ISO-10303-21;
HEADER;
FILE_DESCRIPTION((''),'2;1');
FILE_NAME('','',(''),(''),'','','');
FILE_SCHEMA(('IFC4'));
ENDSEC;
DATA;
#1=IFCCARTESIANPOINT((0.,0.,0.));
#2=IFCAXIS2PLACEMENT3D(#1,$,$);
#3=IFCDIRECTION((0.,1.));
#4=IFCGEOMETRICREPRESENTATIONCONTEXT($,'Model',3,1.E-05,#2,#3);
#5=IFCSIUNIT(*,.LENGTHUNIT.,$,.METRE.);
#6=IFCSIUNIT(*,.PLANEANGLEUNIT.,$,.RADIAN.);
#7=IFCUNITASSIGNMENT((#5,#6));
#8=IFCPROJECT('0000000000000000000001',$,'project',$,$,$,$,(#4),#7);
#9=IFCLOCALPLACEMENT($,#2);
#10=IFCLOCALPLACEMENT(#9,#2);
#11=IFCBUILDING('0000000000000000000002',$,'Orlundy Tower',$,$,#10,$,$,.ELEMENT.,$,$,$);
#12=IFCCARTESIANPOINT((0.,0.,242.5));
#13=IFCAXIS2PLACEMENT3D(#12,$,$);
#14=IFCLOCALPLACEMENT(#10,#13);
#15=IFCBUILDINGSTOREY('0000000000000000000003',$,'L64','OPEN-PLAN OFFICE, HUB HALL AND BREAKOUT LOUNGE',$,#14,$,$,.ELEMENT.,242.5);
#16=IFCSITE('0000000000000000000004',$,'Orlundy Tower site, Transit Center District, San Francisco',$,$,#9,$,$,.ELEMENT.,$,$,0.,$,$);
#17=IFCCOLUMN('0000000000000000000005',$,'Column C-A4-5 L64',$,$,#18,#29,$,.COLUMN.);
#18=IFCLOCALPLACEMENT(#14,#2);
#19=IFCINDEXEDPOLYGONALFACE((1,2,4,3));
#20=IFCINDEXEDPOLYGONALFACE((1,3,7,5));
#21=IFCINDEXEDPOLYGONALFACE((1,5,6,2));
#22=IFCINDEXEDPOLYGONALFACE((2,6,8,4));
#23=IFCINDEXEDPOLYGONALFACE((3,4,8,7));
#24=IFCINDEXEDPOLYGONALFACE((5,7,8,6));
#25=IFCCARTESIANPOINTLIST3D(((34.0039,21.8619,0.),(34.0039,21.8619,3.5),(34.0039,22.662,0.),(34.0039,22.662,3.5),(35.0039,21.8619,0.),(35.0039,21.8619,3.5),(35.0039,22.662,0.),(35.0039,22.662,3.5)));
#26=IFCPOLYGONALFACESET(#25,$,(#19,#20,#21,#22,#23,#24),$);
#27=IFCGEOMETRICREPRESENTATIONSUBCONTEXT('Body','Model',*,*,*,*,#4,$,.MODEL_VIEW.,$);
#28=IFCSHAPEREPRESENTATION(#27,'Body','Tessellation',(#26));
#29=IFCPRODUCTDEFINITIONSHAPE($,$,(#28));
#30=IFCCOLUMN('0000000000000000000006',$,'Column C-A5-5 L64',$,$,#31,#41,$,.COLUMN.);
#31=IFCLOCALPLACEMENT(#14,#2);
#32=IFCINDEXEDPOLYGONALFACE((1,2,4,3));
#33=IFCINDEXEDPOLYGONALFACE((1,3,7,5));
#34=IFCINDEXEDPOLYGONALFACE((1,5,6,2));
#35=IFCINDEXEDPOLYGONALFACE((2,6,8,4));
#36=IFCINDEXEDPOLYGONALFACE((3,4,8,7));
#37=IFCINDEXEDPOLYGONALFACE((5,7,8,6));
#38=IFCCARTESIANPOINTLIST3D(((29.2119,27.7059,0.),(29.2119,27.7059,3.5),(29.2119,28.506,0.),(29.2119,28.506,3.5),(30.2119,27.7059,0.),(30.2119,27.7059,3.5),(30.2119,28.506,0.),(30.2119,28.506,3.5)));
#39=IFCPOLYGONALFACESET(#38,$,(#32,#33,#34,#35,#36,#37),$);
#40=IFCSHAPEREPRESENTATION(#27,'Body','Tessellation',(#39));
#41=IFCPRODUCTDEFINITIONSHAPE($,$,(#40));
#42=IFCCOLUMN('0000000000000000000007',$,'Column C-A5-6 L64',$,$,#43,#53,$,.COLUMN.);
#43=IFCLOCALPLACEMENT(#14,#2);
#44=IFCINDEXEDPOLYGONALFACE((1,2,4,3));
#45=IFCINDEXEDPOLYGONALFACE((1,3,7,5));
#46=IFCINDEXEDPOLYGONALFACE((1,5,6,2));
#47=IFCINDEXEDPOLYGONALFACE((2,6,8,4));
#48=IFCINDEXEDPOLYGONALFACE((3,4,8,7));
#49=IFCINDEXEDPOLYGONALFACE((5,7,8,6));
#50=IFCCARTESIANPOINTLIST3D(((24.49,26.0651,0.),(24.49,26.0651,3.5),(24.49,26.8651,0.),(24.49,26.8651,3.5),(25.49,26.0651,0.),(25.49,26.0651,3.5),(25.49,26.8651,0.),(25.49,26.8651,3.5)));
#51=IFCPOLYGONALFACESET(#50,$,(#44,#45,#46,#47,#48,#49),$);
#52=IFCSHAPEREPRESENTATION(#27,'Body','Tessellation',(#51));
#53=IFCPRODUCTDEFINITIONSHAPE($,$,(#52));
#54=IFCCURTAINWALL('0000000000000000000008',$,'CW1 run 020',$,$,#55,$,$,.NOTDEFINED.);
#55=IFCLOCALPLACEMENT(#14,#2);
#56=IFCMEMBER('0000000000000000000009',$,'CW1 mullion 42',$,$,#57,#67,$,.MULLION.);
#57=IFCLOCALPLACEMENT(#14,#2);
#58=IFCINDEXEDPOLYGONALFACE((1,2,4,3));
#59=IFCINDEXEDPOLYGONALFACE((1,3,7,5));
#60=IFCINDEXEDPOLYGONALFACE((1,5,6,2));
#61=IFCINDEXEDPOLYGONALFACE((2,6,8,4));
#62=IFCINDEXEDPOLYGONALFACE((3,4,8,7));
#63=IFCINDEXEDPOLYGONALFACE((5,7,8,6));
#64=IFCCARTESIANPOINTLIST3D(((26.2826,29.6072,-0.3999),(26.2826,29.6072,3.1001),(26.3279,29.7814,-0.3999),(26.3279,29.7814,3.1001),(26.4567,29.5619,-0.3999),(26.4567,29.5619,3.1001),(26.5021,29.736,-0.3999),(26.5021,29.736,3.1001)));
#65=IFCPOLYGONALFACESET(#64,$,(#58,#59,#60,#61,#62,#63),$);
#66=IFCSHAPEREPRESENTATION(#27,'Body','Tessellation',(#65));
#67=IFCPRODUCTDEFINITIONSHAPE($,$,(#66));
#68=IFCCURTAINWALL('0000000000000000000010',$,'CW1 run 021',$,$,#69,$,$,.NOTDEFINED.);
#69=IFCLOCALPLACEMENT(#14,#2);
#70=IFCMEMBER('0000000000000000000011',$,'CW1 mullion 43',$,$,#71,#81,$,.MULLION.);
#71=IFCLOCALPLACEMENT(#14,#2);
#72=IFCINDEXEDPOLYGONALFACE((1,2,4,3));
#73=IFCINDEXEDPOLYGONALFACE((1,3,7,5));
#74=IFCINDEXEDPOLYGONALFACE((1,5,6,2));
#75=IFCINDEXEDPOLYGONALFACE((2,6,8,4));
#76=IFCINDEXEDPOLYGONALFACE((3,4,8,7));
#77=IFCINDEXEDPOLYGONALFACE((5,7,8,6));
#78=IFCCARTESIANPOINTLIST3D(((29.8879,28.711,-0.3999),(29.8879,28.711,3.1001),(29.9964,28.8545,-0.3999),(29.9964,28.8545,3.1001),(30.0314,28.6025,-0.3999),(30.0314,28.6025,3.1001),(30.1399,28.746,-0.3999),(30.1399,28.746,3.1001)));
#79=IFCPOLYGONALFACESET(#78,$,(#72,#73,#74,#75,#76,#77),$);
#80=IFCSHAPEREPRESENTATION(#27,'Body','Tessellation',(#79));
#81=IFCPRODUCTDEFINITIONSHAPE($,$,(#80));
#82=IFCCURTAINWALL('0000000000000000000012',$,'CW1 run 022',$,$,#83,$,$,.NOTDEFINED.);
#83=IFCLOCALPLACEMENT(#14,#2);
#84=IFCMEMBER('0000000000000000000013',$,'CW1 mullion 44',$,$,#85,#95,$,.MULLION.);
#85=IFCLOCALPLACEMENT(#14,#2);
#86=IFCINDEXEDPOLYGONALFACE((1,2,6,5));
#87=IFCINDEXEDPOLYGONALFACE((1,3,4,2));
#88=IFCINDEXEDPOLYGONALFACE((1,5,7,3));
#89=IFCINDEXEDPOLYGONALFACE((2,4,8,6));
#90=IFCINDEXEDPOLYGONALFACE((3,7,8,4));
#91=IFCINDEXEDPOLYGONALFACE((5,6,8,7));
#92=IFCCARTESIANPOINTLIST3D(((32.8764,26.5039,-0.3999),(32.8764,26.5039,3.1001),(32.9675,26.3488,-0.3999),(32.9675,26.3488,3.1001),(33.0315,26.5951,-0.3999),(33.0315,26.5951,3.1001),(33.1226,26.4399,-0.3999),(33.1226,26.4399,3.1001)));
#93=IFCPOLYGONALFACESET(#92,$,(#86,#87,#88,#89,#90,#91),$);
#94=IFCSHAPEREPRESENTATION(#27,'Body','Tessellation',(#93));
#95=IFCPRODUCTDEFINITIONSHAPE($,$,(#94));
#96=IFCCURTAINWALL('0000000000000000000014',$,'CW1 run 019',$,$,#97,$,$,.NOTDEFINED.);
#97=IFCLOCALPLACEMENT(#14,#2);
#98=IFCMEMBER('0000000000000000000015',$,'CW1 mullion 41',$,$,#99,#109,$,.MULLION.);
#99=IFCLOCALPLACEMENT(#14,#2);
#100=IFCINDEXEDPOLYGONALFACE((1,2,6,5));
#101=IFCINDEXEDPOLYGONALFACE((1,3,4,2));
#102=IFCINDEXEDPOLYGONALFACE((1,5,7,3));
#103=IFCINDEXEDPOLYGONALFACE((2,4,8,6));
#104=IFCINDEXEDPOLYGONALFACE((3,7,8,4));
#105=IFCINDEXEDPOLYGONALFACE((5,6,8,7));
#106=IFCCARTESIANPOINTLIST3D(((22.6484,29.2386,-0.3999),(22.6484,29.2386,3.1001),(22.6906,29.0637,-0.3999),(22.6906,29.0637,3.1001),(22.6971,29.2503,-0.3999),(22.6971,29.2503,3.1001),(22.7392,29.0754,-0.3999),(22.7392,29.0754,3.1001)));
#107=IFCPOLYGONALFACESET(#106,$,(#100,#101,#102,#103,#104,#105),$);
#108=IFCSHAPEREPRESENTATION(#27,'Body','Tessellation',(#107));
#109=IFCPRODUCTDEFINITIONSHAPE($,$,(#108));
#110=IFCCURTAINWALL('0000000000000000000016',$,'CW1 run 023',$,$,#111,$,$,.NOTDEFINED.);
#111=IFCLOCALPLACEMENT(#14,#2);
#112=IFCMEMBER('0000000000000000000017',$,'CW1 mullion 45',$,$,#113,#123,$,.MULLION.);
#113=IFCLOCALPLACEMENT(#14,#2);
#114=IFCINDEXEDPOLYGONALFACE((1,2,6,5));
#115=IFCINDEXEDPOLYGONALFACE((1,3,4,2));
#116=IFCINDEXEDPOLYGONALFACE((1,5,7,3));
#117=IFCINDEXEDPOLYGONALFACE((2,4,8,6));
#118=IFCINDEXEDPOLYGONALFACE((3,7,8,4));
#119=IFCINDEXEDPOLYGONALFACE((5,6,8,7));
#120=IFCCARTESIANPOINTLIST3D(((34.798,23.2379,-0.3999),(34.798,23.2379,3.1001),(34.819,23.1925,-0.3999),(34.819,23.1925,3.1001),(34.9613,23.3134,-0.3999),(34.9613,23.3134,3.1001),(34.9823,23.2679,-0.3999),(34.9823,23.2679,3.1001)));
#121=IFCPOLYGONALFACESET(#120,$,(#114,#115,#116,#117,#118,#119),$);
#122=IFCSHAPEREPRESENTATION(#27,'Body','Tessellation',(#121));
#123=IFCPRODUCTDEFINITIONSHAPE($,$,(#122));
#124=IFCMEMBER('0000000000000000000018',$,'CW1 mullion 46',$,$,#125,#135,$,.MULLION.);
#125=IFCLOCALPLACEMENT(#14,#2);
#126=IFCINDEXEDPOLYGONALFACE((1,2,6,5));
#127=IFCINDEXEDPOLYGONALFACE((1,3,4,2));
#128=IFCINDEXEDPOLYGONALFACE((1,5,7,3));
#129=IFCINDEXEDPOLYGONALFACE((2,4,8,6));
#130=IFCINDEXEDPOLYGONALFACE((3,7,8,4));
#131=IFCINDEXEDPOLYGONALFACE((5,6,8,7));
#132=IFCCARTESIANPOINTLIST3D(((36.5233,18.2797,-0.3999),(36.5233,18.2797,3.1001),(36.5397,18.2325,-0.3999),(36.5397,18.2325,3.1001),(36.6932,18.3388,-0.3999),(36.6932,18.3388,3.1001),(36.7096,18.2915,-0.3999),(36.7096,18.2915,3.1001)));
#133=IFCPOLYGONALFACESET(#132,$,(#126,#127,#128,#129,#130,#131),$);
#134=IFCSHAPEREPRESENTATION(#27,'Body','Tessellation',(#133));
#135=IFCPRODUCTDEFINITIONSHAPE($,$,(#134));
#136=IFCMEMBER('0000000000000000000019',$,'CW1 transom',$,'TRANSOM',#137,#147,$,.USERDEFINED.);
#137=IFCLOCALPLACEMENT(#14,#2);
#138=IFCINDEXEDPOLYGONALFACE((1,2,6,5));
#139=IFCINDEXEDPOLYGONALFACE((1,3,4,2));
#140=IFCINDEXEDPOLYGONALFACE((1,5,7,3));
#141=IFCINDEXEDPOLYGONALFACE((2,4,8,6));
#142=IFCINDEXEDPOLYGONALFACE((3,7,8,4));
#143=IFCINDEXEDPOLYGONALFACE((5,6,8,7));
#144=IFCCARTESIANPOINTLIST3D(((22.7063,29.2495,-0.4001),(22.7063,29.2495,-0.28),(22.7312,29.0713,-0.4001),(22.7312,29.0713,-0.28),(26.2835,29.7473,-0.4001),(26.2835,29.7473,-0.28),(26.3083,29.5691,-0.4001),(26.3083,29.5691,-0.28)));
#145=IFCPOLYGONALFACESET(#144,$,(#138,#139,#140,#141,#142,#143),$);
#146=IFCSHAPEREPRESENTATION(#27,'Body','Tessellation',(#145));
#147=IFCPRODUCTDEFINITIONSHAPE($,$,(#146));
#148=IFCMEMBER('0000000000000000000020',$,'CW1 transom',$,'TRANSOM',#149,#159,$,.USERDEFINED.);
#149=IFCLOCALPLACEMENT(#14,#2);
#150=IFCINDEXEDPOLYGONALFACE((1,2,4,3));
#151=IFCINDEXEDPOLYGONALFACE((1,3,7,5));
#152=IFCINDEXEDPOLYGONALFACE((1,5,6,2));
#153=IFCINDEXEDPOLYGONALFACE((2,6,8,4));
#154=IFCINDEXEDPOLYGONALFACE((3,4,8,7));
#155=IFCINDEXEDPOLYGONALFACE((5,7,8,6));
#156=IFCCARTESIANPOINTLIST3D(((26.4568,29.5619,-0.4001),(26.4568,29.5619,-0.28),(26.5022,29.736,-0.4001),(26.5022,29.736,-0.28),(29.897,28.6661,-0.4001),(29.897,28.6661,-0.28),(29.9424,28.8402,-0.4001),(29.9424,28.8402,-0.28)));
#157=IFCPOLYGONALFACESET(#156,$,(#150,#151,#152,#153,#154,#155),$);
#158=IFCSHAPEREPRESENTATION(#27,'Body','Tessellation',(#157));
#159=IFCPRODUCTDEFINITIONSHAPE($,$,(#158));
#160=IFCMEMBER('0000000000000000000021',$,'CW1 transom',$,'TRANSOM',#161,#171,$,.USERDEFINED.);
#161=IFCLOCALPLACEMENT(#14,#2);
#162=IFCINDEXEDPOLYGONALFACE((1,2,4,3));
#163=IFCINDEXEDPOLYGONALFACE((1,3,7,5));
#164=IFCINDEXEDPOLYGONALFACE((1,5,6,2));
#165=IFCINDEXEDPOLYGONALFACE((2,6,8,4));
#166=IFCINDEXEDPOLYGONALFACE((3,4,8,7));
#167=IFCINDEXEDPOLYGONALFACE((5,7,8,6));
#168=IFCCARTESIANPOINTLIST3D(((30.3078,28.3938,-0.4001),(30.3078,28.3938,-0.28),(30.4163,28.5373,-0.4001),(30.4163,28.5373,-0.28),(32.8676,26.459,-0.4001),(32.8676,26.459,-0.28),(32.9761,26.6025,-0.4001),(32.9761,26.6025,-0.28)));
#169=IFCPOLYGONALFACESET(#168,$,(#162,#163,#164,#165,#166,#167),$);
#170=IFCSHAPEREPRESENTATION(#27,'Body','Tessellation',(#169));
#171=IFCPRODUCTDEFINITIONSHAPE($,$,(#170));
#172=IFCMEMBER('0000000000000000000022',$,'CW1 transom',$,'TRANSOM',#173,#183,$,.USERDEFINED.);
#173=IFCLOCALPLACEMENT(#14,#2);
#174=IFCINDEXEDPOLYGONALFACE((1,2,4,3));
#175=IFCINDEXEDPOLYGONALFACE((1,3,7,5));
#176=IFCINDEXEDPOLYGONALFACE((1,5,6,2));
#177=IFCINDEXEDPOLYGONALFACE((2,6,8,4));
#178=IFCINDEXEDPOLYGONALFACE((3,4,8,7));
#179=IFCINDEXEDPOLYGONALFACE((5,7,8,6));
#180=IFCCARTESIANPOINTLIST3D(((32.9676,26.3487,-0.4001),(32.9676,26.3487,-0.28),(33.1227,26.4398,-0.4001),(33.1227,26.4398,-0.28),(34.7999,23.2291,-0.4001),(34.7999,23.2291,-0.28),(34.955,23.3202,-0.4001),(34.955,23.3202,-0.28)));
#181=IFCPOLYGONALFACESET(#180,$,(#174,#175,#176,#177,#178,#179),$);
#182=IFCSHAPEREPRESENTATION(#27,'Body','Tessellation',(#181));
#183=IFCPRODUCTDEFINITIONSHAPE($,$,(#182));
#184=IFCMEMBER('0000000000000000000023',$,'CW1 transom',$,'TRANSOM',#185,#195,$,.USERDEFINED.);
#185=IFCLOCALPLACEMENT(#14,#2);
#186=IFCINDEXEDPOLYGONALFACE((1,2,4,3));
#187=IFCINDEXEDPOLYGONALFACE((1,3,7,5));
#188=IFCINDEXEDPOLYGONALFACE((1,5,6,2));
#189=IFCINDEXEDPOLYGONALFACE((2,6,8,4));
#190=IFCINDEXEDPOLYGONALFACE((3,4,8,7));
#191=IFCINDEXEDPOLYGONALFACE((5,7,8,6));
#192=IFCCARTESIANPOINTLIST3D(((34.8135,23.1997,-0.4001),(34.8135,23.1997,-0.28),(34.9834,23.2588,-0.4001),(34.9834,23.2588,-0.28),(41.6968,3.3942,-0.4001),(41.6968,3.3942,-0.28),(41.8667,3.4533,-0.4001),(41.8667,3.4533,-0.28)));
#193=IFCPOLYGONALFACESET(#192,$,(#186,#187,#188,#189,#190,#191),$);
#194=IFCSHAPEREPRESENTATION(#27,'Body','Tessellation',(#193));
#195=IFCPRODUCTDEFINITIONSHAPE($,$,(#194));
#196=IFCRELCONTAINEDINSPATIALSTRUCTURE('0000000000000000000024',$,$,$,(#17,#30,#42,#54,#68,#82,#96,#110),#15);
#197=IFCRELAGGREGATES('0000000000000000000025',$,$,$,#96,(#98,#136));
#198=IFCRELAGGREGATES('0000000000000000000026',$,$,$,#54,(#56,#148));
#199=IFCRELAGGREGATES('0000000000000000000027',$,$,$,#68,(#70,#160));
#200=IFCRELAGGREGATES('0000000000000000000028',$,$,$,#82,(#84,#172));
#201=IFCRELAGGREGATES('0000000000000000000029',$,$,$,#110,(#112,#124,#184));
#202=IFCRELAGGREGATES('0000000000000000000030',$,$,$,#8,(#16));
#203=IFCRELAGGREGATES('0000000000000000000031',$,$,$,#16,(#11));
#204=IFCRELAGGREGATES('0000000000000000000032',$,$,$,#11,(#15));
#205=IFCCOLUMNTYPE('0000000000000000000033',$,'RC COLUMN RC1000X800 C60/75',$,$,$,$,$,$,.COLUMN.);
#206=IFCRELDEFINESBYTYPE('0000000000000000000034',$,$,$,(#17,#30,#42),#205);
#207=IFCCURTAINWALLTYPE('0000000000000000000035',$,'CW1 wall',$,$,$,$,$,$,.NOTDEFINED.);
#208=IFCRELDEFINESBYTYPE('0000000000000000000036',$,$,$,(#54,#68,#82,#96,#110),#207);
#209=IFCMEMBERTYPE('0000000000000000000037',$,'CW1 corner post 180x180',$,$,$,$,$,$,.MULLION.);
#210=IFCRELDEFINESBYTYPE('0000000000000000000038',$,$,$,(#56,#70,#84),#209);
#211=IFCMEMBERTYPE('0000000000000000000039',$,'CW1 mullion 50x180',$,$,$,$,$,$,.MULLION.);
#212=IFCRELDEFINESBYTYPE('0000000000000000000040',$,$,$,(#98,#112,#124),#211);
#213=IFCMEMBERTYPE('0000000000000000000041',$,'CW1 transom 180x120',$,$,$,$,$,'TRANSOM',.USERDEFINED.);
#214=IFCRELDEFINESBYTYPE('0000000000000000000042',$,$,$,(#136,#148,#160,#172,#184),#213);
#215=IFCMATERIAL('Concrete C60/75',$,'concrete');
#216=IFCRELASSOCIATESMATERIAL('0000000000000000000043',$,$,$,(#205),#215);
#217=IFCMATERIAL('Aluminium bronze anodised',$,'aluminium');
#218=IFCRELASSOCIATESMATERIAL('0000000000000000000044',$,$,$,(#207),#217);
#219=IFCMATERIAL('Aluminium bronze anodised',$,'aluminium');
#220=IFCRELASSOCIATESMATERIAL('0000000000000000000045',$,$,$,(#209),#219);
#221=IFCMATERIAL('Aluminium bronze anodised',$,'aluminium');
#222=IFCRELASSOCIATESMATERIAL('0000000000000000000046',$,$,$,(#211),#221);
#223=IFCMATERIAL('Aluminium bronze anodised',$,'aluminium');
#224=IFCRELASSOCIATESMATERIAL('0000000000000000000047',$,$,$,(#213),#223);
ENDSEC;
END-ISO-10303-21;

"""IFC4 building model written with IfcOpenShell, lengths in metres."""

from ifc_helpers import new_model, si_unit, direction, frame, origin, origin_2d, place, context, subcontext, project, spatial, rectangle, extrude, material, material_profile, profile_set, type_object, element, aggregate, save


model = new_model("IFC4")

# Units and contexts
model_context = context("Model", 3, precision=1e-05, world=origin(), true_north=direction((0.0, 1.0)))
body_context = subcontext(model_context, "Body", "Model", "MODEL_VIEW")
ifc_project = project(units=[si_unit("LENGTHUNIT", "METRE"), si_unit("PLANEANGLEUNIT", "RADIAN")], contexts=[model_context])

# Site, building, storey
site_placement = place(None, origin())
site = spatial("IfcSite", under=ifc_project, at=site_placement, Name="Orlundy Tower site, Transit Center District, San Francisco", CompositionType="ELEMENT", RefElevation=0.0)
building_placement = place(site_placement, origin())
building = spatial("IfcBuilding", under=site, at=building_placement, Name="Orlundy Tower", CompositionType="ELEMENT")
storey_placement = place(building_placement, frame((0.0, 0.0, 242.5)))
storey = spatial("IfcBuildingStorey", under=building, at=storey_placement, Name="L64", Description="OPEN-PLAN OFFICE, HUB HALL AND BREAKOUT LOUNGE", CompositionType="ELEMENT", Elevation=242.5)

# Columns
ifc_material_1 = material(Name="Concrete C60/75", Category="concrete")
ifc_material_profile_1 = material_profile(ifc_material_1, rectangle(XDim=1.0, YDim=0.8, at=origin_2d()), Name="RC1000X800")
ifc_profile_set_1 = profile_set([ifc_material_profile_1], Name="Concrete C60/75")
column_type = type_object("IfcColumnType", Name="RC COLUMN RC1000X800 C60/75", PredefinedType="COLUMN", material=ifc_profile_set_1)
for number, where, z_axis, x_axis, name in (
    (1, (34.5039, 22.262, 0.0), (0.0, 0.0, 1.0), (1.0, 0.0, 0.0), "Column C-A4-5 L64"),
    (2, (29.7119, 28.106, 0.0), (0.0, 0.0, 1.0), (1.0, 0.0, 0.0), "Column C-A5-5 L64"),
    (3, (24.99, 26.4651, 0.0), (0.0, 0.0, 1.0), (1.0, 0.0, 0.0), "Column C-A5-6 L64"),
):
    element("IfcColumn", number, at=place(storey_placement, frame(where, z_axis=z_axis, x_axis=x_axis)), inside=storey, type_object=column_type, Name=name, PredefinedType="COLUMN", context=body_context, shape_type="SweptSolid", body=[
        extrude(rectangle(XDim=1.0, YDim=0.8, at=origin_2d()), origin(), (0.0, 0.0, 1.0), 3.5),
    ])

# Curtain walls, members
ifc_material_2 = material(Name="Aluminium bronze anodised", Category="aluminium")
curtain_wall_type = type_object("IfcCurtainWallType", Name="CW1 wall", PredefinedType="NOTDEFINED", material=ifc_material_2)
curtain_wall_1_placement = place(storey_placement, origin())
curtain_wall_1 = element("IfcCurtainWall", 4, at=curtain_wall_1_placement, inside=storey, type_object=curtain_wall_type, Name="CW1 run 020", PredefinedType="NOTDEFINED")
ifc_material_3 = material(Name="Aluminium bronze anodised", Category="aluminium")
ifc_material_profile_2 = material_profile(ifc_material_3, rectangle(XDim=0.1799, YDim=0.1799, at=origin_2d()), Name="CW1 corner post 180x180")
ifc_profile_set_2 = profile_set([ifc_material_profile_2], Name="Aluminium bronze anodised")
member_type_1 = type_object("IfcMemberType", Name="CW1 corner post 180x180", PredefinedType="MULLION", material=ifc_profile_set_2)
member_1_placement = place(storey_placement, frame((26.3923, 29.6716, -0.3999), z_axis=(0.0, 0.0, 1.0), x_axis=(0.251983, 0.967732, 0.0)))
member_1 = element("IfcMember", 5, at=member_1_placement, type_object=member_type_1, Name="CW1 mullion 42", PredefinedType="MULLION", context=body_context, shape_type="SweptSolid", body=[
    extrude(rectangle(XDim=0.1799, YDim=0.1799, at=origin_2d()), origin(), (0.0, 0.0, 1.0), 3.5),
])
curtain_wall_2_placement = place(storey_placement, origin())
curtain_wall_2 = element("IfcCurtainWall", 6, at=curtain_wall_2_placement, inside=storey, type_object=curtain_wall_type, Name="CW1 run 021", PredefinedType="NOTDEFINED")
member_2_placement = place(storey_placement, frame((30.0139, 28.7285, -0.3999), z_axis=(0.0, 0.0, 1.0), x_axis=(0.602974, 0.797761, 0.0)))
member_2 = element("IfcMember", 7, at=member_2_placement, type_object=member_type_1, Name="CW1 mullion 43", PredefinedType="MULLION", context=body_context, shape_type="SweptSolid", body=[
    extrude(rectangle(XDim=0.1799, YDim=0.1799, at=origin_2d()), origin(), (0.0, 0.0, 1.0), 3.5),
])
curtain_wall_3_placement = place(storey_placement, origin())
curtain_wall_3 = element("IfcCurtainWall", 8, at=curtain_wall_3_placement, inside=storey, type_object=curtain_wall_type, Name="CW1 run 022", PredefinedType="NOTDEFINED")
member_3_placement = place(storey_placement, frame((32.9995, 26.4719, -0.3999), z_axis=(0.0, 0.0, 1.0), x_axis=(0.862288, 0.506419, 0.0)))
member_3 = element("IfcMember", 9, at=member_3_placement, type_object=member_type_1, Name="CW1 mullion 44", PredefinedType="MULLION", context=body_context, shape_type="SweptSolid", body=[
    extrude(rectangle(XDim=0.1799, YDim=0.1799, at=origin_2d()), origin(), (0.0, 0.0, 1.0), 3.5),
])
curtain_wall_4_placement = place(storey_placement, origin())
curtain_wall_4 = element("IfcCurtainWall", 10, at=curtain_wall_4_placement, inside=storey, type_object=curtain_wall_type, Name="CW1 run 019", PredefinedType="NOTDEFINED")
ifc_material_4 = material(Name="Aluminium bronze anodised", Category="aluminium")
ifc_material_profile_3 = material_profile(ifc_material_4, rectangle(XDim=0.1799, YDim=0.05, at=origin_2d()), Name="CW1 mullion 50x180")
ifc_profile_set_3 = profile_set([ifc_material_profile_3], Name="Aluminium bronze anodised")
member_type_2 = type_object("IfcMemberType", Name="CW1 mullion 50x180", PredefinedType="MULLION", material=ifc_profile_set_3)
member_4_placement = place(storey_placement, frame((22.6938, 29.157, -0.3999), z_axis=(0.0, 0.0, 1.0), x_axis=(-0.234192, 0.97219, 0.0)))
member_4 = element("IfcMember", 11, at=member_4_placement, type_object=member_type_2, Name="CW1 mullion 41", PredefinedType="MULLION", context=body_context, shape_type="SweptSolid", body=[
    extrude(rectangle(XDim=0.1799, YDim=0.05, at=origin_2d()), origin(), (0.0, 0.0, 1.0), 3.5),
])

# Curtain wall, members
curtain_wall_5_placement = place(storey_placement, origin())
curtain_wall_5 = element("IfcCurtainWall", 12, at=curtain_wall_5_placement, inside=storey, type_object=curtain_wall_type, Name="CW1 run 023", PredefinedType="NOTDEFINED")
member_5_placement = place(storey_placement, frame((34.8901, 23.2529, -0.3999), z_axis=(0.0, 0.0, 1.0), x_axis=(0.907812, 0.419377, 0.0)))
member_5 = element("IfcMember", 13, at=member_5_placement, type_object=member_type_2, Name="CW1 mullion 45", PredefinedType="MULLION", context=body_context, shape_type="SweptSolid", body=[
    extrude(rectangle(XDim=0.1799, YDim=0.05, at=origin_2d()), origin(), (0.0, 0.0, 1.0), 3.5),
])
member_6_placement = place(storey_placement, frame((36.6165, 18.2856, -0.3999), z_axis=(0.0, 0.0, 1.0), x_axis=(0.944578, 0.328288, 0.0)))
member_6 = element("IfcMember", 14, at=member_6_placement, type_object=member_type_2, Name="CW1 mullion 46", PredefinedType="MULLION", context=body_context, shape_type="SweptSolid", body=[
    extrude(rectangle(XDim=0.1799, YDim=0.05, at=origin_2d()), origin(), (0.0, 0.0, 1.0), 3.5),
])

# Members
ifc_material_5 = material(Name="Aluminium bronze anodised", Category="aluminium")
ifc_material_profile_4 = material_profile(ifc_material_5, rectangle(XDim=0.1799, YDim=0.1201, at=origin_2d()), Name="CW1 transom 180x120")
ifc_profile_set_4 = profile_set([ifc_material_profile_4], Name="Aluminium bronze anodised")
member_type_3 = type_object("IfcMemberType", Name="CW1 transom 180x120", ElementType="TRANSOM", PredefinedType="USERDEFINED", material=ifc_profile_set_4)
member_7_placement = place(storey_placement, frame((22.7188, 29.1604, -0.3401), z_axis=(0.990455, 0.137834, 0.0), x_axis=(-0.137834, 0.990455, 0.0)))
member_7 = element("IfcMember", 15, at=member_7_placement, type_object=member_type_3, Name="CW1 transom", ObjectType="TRANSOM", PredefinedType="USERDEFINED", context=body_context, shape_type="SweptSolid", body=[
    extrude(rectangle(XDim=0.1799, YDim=0.1201, at=origin_2d()), origin(), (0.0, 0.0, 1.0), 3.6116),
])
member_8_placement = place(storey_placement, frame((26.4795, 29.6489, -0.3401), z_axis=(0.967733, -0.251977, 0.0), x_axis=(0.251977, 0.967733, 0.0)))
member_8 = element("IfcMember", 16, at=member_8_placement, type_object=member_type_3, Name="CW1 transom", ObjectType="TRANSOM", PredefinedType="USERDEFINED", context=body_context, shape_type="SweptSolid", body=[
    extrude(rectangle(XDim=0.1799, YDim=0.1201, at=origin_2d()), origin(), (0.0, 0.0, 1.0), 3.5549),
])
member_9_placement = place(storey_placement, frame((30.3621, 28.4656, -0.3401), z_axis=(0.797758, -0.602978, 0.0), x_axis=(0.602978, 0.797758, 0.0)))
member_9 = element("IfcMember", 17, at=member_9_placement, type_object=member_type_3, Name="CW1 transom", ObjectType="TRANSOM", PredefinedType="USERDEFINED", context=body_context, shape_type="SweptSolid", body=[
    extrude(rectangle(XDim=0.1799, YDim=0.1201, at=origin_2d()), origin(), (0.0, 0.0, 1.0), 3.2087),
])
member_10_placement = place(storey_placement, frame((33.0452, 26.3943, -0.3401), z_axis=(0.506445, -0.862272, 0.0), x_axis=(0.862272, 0.506445, 0.0)))
member_10 = element("IfcMember", 18, at=member_10_placement, type_object=member_type_3, Name="CW1 transom", ObjectType="TRANSOM", PredefinedType="USERDEFINED", context=body_context, shape_type="SweptSolid", body=[
    extrude(rectangle(XDim=0.1799, YDim=0.1201, at=origin_2d()), origin(), (0.0, 0.0, 1.0), 3.6179),
])
member_11_placement = place(storey_placement, frame((34.8984, 23.2292, -0.3401), z_axis=(0.328285, -0.944579, 0.0), x_axis=(0.944579, 0.328285, 0.0)))
member_11 = element("IfcMember", 19, at=member_11_placement, type_object=member_type_3, Name="CW1 transom", ObjectType="TRANSOM", PredefinedType="USERDEFINED", context=body_context, shape_type="SweptSolid", body=[
    extrude(rectangle(XDim=0.1799, YDim=0.1201, at=origin_2d()), origin(), (0.0, 0.0, 1.0), 20.9675),
])

aggregate(curtain_wall_4, [member_4, member_7])
aggregate(curtain_wall_1, [member_1, member_8])
aggregate(curtain_wall_2, [member_2, member_9])
aggregate(curtain_wall_3, [member_3, member_10])
aggregate(curtain_wall_5, [member_5, member_6, member_11])

save(model, "model.ifc")
